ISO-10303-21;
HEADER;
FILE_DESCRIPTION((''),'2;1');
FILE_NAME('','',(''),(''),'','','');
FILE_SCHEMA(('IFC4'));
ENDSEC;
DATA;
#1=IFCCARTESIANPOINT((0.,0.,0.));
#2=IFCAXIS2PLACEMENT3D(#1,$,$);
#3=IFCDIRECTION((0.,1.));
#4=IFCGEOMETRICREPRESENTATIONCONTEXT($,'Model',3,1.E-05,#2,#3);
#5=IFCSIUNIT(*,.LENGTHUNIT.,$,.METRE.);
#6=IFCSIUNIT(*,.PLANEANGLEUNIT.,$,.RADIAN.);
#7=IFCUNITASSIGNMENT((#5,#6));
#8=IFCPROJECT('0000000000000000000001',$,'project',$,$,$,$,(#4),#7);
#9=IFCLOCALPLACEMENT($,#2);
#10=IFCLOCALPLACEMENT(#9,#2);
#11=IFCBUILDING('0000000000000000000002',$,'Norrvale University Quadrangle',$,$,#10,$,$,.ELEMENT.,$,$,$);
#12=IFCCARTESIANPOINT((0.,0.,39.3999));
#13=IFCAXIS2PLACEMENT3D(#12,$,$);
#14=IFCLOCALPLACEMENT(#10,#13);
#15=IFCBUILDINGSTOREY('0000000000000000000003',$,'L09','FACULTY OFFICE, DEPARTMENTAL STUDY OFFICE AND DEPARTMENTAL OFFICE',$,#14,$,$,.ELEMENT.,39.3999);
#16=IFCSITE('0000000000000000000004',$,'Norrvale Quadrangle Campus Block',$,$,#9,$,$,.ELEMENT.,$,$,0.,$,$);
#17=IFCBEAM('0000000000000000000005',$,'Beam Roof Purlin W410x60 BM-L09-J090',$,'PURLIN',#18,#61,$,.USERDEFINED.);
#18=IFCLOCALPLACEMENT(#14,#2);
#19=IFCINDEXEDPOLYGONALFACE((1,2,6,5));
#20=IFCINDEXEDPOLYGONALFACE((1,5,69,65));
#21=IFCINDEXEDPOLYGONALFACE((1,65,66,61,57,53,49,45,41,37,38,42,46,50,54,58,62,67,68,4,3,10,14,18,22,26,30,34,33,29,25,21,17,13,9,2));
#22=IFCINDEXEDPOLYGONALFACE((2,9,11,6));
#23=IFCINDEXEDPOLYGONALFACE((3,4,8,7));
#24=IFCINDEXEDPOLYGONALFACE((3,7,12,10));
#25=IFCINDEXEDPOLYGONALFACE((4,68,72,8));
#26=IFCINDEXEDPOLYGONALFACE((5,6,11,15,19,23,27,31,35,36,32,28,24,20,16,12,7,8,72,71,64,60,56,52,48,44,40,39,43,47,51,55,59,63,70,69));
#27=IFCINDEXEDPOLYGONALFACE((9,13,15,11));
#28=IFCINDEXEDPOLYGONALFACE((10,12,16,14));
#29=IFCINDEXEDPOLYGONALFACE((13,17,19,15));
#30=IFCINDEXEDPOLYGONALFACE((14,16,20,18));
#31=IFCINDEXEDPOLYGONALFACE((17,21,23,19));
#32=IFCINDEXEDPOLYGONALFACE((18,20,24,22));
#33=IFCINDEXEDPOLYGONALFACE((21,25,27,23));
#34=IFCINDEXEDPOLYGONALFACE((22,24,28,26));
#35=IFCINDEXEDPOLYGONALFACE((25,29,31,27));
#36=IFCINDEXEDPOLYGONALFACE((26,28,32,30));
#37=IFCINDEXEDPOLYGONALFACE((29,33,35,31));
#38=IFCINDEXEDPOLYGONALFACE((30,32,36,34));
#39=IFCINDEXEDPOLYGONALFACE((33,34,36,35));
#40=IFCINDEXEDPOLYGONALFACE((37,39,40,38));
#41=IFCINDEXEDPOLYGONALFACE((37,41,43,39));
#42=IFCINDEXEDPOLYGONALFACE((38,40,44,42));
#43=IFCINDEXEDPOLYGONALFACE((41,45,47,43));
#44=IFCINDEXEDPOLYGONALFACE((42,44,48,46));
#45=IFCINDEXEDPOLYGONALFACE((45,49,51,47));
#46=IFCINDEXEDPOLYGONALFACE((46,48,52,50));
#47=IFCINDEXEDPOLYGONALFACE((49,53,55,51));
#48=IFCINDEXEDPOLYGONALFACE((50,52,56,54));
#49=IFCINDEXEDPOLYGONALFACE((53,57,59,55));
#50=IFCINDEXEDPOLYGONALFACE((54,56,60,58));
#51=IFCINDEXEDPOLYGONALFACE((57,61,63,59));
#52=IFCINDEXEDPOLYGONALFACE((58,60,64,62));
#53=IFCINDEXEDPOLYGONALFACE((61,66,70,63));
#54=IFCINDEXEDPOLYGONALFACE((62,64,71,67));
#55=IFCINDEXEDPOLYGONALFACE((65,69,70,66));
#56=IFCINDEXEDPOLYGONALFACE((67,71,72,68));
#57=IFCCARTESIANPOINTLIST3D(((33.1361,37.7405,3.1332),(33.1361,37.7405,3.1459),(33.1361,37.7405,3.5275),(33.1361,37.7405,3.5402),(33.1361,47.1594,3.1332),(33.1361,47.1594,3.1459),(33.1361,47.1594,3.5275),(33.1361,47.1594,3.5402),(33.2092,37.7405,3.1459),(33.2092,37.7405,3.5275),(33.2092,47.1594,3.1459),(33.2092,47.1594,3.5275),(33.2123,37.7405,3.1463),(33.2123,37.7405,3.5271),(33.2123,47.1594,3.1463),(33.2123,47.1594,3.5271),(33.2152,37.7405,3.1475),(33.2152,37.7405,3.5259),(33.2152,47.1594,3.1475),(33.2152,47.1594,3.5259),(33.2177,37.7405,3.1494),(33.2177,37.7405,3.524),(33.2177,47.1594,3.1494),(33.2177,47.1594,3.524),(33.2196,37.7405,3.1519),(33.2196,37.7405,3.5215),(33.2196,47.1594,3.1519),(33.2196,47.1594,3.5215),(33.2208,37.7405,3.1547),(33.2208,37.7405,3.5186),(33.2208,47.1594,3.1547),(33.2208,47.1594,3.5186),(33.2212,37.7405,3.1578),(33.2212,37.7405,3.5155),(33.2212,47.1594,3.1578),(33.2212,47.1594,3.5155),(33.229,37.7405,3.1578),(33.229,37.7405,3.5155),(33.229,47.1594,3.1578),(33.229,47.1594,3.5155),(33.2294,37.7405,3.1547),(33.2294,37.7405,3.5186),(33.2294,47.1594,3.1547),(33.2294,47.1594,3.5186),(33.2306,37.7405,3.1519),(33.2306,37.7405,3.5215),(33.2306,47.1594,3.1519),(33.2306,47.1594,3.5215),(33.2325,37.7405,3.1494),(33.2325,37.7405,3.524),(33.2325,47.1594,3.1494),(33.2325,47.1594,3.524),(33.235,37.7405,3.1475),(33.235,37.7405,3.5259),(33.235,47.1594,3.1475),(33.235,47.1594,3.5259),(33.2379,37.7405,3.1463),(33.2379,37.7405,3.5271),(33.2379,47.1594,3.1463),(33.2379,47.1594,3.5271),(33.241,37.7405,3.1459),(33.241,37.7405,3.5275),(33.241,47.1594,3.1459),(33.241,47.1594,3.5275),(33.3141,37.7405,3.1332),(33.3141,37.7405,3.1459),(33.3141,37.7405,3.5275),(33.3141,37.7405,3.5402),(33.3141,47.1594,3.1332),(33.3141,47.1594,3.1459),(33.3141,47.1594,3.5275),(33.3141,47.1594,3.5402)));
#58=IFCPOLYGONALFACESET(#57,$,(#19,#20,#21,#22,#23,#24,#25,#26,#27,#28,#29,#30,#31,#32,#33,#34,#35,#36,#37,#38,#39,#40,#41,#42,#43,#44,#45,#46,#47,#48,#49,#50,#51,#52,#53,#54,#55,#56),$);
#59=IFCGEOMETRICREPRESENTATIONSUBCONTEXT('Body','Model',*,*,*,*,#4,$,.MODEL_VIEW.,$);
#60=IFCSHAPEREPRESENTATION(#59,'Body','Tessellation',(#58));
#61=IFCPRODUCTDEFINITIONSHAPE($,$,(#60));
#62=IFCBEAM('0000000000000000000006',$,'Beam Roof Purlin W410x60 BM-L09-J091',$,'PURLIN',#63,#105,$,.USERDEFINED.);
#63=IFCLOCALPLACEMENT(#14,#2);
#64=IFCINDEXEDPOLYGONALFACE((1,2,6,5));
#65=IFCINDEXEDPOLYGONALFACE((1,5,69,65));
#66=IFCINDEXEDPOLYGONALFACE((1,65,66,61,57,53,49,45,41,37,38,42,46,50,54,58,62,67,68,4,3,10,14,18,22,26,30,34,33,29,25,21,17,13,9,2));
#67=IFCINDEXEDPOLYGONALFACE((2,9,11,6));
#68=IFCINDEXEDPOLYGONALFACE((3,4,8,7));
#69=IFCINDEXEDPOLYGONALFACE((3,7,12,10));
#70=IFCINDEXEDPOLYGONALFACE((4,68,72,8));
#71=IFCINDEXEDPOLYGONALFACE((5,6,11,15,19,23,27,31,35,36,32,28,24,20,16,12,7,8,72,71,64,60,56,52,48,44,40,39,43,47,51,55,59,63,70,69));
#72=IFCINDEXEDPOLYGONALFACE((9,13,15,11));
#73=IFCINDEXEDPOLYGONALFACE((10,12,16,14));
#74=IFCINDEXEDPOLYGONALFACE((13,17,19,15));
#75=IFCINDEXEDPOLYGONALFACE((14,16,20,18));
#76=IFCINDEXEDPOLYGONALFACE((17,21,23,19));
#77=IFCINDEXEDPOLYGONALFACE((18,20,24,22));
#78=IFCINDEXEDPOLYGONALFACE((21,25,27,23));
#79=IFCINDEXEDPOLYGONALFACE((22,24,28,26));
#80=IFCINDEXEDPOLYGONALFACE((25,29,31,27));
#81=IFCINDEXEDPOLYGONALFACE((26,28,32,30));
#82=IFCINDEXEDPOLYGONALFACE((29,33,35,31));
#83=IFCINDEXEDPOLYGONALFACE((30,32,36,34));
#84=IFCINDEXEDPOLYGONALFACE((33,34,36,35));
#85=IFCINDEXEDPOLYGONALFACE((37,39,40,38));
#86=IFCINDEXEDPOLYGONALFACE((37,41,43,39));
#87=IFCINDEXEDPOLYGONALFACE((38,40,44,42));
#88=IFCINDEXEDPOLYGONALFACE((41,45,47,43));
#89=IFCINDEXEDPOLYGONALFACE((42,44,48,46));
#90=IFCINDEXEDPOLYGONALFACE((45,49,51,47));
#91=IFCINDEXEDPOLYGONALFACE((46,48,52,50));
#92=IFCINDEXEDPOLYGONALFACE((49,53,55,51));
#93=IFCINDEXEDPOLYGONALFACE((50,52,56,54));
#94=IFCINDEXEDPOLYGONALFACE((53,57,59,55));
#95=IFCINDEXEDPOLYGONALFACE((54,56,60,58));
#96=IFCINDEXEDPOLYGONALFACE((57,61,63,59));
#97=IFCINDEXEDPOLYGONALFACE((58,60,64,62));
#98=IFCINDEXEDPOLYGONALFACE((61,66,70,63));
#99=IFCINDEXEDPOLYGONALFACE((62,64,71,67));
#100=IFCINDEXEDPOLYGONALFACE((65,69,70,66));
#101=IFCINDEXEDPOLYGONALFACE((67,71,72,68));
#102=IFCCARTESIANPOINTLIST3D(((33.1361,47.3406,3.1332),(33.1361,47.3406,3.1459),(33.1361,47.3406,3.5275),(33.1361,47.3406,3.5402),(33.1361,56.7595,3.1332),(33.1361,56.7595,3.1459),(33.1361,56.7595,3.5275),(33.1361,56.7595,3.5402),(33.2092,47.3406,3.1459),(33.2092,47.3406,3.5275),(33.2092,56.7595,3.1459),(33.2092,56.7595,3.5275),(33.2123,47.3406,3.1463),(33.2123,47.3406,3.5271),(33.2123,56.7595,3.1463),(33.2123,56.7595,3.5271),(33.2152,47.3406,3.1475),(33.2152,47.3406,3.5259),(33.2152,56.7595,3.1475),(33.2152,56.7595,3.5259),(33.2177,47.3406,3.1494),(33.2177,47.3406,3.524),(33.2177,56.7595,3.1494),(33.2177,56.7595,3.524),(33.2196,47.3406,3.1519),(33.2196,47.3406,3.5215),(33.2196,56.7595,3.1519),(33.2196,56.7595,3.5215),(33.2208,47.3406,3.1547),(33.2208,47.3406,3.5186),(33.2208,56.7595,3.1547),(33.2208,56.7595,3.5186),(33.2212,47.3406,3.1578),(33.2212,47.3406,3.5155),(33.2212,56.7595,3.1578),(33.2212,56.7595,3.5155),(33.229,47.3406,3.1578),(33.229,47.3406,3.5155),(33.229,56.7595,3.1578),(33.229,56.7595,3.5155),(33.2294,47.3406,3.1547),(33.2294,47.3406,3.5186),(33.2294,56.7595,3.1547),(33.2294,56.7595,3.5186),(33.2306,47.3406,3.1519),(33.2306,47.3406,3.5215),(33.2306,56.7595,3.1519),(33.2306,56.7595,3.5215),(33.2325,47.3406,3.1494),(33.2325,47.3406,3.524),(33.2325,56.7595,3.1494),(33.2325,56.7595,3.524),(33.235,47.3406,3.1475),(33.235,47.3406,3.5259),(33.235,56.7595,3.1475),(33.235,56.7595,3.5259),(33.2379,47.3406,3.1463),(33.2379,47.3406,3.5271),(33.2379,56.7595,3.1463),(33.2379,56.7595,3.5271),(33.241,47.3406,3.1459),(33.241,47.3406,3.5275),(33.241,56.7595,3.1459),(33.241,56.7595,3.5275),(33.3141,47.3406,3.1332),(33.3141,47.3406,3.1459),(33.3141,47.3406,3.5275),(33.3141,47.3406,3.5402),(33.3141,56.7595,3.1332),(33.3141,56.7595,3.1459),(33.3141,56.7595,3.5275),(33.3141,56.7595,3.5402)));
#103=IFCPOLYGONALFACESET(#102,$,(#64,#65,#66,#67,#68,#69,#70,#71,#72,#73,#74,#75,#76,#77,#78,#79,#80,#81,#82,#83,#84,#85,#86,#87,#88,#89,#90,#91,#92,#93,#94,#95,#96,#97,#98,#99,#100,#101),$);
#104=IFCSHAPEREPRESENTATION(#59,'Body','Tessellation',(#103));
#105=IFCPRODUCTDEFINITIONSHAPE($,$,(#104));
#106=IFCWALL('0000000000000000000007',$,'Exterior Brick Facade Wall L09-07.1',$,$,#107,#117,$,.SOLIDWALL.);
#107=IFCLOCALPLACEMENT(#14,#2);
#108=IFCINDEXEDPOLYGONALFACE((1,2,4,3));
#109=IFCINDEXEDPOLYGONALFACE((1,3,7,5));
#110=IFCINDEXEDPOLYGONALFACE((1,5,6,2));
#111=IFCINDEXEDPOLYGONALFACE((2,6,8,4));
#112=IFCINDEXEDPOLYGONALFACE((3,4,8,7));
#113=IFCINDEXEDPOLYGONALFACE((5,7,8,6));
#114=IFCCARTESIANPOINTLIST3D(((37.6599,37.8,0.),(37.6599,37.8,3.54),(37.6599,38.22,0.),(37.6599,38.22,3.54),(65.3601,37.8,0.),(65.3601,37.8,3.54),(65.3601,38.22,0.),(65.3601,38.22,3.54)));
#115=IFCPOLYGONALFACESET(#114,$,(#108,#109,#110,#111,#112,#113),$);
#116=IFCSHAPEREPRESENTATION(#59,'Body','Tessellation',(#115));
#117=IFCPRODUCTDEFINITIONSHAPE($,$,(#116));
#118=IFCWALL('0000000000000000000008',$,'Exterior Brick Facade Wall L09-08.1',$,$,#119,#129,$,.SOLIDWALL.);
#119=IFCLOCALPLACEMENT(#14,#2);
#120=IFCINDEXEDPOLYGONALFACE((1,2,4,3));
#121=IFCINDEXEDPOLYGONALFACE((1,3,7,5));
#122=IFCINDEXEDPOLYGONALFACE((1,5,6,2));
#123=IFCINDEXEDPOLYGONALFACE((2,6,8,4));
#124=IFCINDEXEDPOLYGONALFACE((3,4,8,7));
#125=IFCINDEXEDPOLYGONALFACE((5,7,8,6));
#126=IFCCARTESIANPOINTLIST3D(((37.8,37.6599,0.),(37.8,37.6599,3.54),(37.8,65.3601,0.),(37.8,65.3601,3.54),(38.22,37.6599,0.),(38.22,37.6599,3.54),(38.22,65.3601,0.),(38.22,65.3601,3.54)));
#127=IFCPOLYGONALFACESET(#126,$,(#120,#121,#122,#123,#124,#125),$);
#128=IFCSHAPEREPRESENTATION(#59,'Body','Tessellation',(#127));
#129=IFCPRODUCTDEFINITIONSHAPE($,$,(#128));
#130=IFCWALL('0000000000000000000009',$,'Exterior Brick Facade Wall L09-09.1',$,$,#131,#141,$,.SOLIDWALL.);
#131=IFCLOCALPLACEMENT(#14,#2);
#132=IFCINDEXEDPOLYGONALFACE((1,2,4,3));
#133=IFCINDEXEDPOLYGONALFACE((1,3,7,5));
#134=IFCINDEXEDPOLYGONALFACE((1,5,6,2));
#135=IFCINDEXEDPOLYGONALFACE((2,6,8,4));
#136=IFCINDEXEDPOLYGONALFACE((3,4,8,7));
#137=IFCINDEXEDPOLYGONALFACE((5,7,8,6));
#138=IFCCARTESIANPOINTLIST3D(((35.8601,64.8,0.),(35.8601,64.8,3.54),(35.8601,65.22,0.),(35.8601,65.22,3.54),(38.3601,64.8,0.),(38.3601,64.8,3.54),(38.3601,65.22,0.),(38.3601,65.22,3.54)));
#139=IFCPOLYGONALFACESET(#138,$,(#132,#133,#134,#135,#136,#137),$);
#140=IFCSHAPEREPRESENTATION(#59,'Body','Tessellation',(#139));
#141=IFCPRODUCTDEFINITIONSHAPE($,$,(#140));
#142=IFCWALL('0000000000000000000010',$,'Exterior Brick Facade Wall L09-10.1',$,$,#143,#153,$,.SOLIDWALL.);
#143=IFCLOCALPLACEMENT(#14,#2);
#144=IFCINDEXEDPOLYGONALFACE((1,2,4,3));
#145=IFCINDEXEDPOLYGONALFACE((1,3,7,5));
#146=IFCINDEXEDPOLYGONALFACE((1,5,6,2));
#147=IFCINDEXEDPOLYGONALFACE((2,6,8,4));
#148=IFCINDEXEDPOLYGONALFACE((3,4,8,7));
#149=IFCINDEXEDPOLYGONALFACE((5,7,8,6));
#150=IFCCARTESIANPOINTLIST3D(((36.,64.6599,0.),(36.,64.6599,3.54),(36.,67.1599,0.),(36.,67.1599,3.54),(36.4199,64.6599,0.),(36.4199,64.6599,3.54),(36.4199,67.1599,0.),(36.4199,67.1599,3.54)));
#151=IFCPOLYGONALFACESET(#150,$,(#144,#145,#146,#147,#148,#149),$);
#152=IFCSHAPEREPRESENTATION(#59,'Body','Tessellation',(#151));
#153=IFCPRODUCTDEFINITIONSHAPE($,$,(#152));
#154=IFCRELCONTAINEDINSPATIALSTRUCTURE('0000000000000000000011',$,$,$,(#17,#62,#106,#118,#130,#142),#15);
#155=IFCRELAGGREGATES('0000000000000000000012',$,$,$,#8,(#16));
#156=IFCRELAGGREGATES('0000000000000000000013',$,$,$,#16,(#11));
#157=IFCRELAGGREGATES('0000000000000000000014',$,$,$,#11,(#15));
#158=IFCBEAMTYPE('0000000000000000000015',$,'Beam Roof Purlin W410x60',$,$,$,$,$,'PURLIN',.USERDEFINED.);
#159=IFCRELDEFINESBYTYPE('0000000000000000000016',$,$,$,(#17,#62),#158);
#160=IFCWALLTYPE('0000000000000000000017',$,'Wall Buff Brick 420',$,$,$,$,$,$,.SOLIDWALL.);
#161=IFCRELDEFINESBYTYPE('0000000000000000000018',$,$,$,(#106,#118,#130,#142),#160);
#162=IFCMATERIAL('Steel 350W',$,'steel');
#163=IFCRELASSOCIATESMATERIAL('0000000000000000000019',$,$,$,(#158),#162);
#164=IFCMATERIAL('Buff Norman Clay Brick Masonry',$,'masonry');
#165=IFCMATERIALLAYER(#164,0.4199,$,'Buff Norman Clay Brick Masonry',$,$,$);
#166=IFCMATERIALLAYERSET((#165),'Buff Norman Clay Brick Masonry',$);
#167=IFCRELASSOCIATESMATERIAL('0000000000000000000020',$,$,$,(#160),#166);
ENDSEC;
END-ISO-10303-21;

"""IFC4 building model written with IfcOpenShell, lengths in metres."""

from ifc_helpers import new_model, si_unit, direction, frame, frame_2d, origin, origin_2d, place, context, subcontext, project, spatial, rectangle, i_section, extrude, material, layer, layer_set, material_profile, profile_set, type_object, element, save


model = new_model("IFC4")

# Units and contexts
model_context = context("Model", 3, precision=1e-05, world=origin(), true_north=direction((0.0, 1.0)))
body_context = subcontext(model_context, "Body", "Model", "MODEL_VIEW")
ifc_project = project(units=[si_unit("LENGTHUNIT", "METRE"), si_unit("PLANEANGLEUNIT", "RADIAN")], contexts=[model_context])

# Site, building, storey
site_placement = place(None, origin())
site = spatial("IfcSite", under=ifc_project, at=site_placement, Name="Norrvale Quadrangle Campus Block", CompositionType="ELEMENT", RefElevation=0.0)
building_placement = place(site_placement, origin())
building = spatial("IfcBuilding", under=site, at=building_placement, Name="Norrvale University Quadrangle", CompositionType="ELEMENT")
storey_placement = place(building_placement, frame((0.0, 0.0, 39.3999)))
storey = spatial("IfcBuildingStorey", under=building, at=storey_placement, Name="L09", Description="FACULTY OFFICE, DEPARTMENTAL STUDY OFFICE AND DEPARTMENTAL OFFICE", CompositionType="ELEMENT", Elevation=39.3999)

# Beams
ifc_material_1 = material(Name="Steel 350W", Category="steel")
ifc_material_profile_1 = material_profile(ifc_material_1, i_section(OverallWidth=0.178, OverallDepth=0.407, WebThickness=0.0078, FlangeThickness=0.0127, FilletRadius=0.012, at=origin_2d()), Name="Steel 350W")
ifc_profile_set_1 = profile_set([ifc_material_profile_1], Name="Steel 350W")
beam_type_1 = type_object("IfcBeamType", Name="Beam Roof Purlin W410x60", ElementType="PURLIN", PredefinedType="USERDEFINED", material=ifc_profile_set_1)
for number, where, z_axis, x_axis, name in (
    (1, (33.2251, 37.7405, 3.3367), (0.0, 1.0, 0.0), (-1.0, 0.0, 0.0), "Beam Roof Purlin W410x60 BM-L09-J090"),
    (2, (33.2251, 47.3406, 3.3367), (0.0, 1.0, 0.0), (-1.0, 0.0, 0.0), "Beam Roof Purlin W410x60 BM-L09-J091"),
):
    element("IfcBeam", number, at=place(storey_placement, frame(where, z_axis=z_axis, x_axis=x_axis)), inside=storey, type_object=beam_type_1, Name=name, ObjectType="PURLIN", PredefinedType="USERDEFINED", context=body_context, shape_type="SweptSolid", body=[
        extrude(i_section(OverallWidth=0.178, OverallDepth=0.407, WebThickness=0.0078, FlangeThickness=0.0127, FilletRadius=0.012, at=origin_2d()), origin(), (0.0, 0.0, 1.0), 9.4189),
    ])

# Walls
ifc_material_2 = material(Name="Buff Norman Clay Brick Masonry", Category="masonry")
ifc_layer = layer(ifc_material_2, 0.4199, Name="Buff Norman Clay Brick Masonry")
ifc_layer_set = layer_set([ifc_layer], Name="Buff Norman Clay Brick Masonry")
wall_type = type_object("IfcWallType", Name="Wall Buff Brick 420", PredefinedType="SOLIDWALL", material=ifc_layer_set)
for number, where, z_axis, x_axis, name in (
    (3, (65.3601, 38.01, 0.0), (0.0, 0.0, 1.0), (-1.0, 0.0, 0.0), "Exterior Brick Facade Wall L09-07.1"),
    (4, (38.01, 37.6599, 0.0), (0.0, 0.0, 1.0), (0.0, 1.0, 0.0), "Exterior Brick Facade Wall L09-08.1"),
):
    element("IfcWall", number, at=place(storey_placement, frame(where, z_axis=z_axis, x_axis=x_axis)), inside=storey, type_object=wall_type, Name=name, PredefinedType="SOLIDWALL", context=body_context, shape_type="SweptSolid", body=[
        extrude(rectangle(XDim=27.7002, YDim=0.4199, at=frame_2d((13.8501, 0.0))), origin(), (0.0, 0.0, 1.0), 3.54),
    ])
for number, where, z_axis, x_axis, name in (
    (5, (38.3601, 65.01, 0.0), (0.0, 0.0, 1.0), (-1.0, 0.0, 0.0), "Exterior Brick Facade Wall L09-09.1"),
    (6, (36.21, 64.6599, 0.0), (0.0, 0.0, 1.0), (0.0, 1.0, 0.0), "Exterior Brick Facade Wall L09-10.1"),
):
    element("IfcWall", number, at=place(storey_placement, frame(where, z_axis=z_axis, x_axis=x_axis)), inside=storey, type_object=wall_type, Name=name, PredefinedType="SOLIDWALL", context=body_context, shape_type="SweptSolid", body=[
        extrude(rectangle(XDim=2.5, YDim=0.4199, at=frame_2d((1.25, 0.0))), origin(), (0.0, 0.0, 1.0), 3.54),
    ])

save(model, "model.ifc")
